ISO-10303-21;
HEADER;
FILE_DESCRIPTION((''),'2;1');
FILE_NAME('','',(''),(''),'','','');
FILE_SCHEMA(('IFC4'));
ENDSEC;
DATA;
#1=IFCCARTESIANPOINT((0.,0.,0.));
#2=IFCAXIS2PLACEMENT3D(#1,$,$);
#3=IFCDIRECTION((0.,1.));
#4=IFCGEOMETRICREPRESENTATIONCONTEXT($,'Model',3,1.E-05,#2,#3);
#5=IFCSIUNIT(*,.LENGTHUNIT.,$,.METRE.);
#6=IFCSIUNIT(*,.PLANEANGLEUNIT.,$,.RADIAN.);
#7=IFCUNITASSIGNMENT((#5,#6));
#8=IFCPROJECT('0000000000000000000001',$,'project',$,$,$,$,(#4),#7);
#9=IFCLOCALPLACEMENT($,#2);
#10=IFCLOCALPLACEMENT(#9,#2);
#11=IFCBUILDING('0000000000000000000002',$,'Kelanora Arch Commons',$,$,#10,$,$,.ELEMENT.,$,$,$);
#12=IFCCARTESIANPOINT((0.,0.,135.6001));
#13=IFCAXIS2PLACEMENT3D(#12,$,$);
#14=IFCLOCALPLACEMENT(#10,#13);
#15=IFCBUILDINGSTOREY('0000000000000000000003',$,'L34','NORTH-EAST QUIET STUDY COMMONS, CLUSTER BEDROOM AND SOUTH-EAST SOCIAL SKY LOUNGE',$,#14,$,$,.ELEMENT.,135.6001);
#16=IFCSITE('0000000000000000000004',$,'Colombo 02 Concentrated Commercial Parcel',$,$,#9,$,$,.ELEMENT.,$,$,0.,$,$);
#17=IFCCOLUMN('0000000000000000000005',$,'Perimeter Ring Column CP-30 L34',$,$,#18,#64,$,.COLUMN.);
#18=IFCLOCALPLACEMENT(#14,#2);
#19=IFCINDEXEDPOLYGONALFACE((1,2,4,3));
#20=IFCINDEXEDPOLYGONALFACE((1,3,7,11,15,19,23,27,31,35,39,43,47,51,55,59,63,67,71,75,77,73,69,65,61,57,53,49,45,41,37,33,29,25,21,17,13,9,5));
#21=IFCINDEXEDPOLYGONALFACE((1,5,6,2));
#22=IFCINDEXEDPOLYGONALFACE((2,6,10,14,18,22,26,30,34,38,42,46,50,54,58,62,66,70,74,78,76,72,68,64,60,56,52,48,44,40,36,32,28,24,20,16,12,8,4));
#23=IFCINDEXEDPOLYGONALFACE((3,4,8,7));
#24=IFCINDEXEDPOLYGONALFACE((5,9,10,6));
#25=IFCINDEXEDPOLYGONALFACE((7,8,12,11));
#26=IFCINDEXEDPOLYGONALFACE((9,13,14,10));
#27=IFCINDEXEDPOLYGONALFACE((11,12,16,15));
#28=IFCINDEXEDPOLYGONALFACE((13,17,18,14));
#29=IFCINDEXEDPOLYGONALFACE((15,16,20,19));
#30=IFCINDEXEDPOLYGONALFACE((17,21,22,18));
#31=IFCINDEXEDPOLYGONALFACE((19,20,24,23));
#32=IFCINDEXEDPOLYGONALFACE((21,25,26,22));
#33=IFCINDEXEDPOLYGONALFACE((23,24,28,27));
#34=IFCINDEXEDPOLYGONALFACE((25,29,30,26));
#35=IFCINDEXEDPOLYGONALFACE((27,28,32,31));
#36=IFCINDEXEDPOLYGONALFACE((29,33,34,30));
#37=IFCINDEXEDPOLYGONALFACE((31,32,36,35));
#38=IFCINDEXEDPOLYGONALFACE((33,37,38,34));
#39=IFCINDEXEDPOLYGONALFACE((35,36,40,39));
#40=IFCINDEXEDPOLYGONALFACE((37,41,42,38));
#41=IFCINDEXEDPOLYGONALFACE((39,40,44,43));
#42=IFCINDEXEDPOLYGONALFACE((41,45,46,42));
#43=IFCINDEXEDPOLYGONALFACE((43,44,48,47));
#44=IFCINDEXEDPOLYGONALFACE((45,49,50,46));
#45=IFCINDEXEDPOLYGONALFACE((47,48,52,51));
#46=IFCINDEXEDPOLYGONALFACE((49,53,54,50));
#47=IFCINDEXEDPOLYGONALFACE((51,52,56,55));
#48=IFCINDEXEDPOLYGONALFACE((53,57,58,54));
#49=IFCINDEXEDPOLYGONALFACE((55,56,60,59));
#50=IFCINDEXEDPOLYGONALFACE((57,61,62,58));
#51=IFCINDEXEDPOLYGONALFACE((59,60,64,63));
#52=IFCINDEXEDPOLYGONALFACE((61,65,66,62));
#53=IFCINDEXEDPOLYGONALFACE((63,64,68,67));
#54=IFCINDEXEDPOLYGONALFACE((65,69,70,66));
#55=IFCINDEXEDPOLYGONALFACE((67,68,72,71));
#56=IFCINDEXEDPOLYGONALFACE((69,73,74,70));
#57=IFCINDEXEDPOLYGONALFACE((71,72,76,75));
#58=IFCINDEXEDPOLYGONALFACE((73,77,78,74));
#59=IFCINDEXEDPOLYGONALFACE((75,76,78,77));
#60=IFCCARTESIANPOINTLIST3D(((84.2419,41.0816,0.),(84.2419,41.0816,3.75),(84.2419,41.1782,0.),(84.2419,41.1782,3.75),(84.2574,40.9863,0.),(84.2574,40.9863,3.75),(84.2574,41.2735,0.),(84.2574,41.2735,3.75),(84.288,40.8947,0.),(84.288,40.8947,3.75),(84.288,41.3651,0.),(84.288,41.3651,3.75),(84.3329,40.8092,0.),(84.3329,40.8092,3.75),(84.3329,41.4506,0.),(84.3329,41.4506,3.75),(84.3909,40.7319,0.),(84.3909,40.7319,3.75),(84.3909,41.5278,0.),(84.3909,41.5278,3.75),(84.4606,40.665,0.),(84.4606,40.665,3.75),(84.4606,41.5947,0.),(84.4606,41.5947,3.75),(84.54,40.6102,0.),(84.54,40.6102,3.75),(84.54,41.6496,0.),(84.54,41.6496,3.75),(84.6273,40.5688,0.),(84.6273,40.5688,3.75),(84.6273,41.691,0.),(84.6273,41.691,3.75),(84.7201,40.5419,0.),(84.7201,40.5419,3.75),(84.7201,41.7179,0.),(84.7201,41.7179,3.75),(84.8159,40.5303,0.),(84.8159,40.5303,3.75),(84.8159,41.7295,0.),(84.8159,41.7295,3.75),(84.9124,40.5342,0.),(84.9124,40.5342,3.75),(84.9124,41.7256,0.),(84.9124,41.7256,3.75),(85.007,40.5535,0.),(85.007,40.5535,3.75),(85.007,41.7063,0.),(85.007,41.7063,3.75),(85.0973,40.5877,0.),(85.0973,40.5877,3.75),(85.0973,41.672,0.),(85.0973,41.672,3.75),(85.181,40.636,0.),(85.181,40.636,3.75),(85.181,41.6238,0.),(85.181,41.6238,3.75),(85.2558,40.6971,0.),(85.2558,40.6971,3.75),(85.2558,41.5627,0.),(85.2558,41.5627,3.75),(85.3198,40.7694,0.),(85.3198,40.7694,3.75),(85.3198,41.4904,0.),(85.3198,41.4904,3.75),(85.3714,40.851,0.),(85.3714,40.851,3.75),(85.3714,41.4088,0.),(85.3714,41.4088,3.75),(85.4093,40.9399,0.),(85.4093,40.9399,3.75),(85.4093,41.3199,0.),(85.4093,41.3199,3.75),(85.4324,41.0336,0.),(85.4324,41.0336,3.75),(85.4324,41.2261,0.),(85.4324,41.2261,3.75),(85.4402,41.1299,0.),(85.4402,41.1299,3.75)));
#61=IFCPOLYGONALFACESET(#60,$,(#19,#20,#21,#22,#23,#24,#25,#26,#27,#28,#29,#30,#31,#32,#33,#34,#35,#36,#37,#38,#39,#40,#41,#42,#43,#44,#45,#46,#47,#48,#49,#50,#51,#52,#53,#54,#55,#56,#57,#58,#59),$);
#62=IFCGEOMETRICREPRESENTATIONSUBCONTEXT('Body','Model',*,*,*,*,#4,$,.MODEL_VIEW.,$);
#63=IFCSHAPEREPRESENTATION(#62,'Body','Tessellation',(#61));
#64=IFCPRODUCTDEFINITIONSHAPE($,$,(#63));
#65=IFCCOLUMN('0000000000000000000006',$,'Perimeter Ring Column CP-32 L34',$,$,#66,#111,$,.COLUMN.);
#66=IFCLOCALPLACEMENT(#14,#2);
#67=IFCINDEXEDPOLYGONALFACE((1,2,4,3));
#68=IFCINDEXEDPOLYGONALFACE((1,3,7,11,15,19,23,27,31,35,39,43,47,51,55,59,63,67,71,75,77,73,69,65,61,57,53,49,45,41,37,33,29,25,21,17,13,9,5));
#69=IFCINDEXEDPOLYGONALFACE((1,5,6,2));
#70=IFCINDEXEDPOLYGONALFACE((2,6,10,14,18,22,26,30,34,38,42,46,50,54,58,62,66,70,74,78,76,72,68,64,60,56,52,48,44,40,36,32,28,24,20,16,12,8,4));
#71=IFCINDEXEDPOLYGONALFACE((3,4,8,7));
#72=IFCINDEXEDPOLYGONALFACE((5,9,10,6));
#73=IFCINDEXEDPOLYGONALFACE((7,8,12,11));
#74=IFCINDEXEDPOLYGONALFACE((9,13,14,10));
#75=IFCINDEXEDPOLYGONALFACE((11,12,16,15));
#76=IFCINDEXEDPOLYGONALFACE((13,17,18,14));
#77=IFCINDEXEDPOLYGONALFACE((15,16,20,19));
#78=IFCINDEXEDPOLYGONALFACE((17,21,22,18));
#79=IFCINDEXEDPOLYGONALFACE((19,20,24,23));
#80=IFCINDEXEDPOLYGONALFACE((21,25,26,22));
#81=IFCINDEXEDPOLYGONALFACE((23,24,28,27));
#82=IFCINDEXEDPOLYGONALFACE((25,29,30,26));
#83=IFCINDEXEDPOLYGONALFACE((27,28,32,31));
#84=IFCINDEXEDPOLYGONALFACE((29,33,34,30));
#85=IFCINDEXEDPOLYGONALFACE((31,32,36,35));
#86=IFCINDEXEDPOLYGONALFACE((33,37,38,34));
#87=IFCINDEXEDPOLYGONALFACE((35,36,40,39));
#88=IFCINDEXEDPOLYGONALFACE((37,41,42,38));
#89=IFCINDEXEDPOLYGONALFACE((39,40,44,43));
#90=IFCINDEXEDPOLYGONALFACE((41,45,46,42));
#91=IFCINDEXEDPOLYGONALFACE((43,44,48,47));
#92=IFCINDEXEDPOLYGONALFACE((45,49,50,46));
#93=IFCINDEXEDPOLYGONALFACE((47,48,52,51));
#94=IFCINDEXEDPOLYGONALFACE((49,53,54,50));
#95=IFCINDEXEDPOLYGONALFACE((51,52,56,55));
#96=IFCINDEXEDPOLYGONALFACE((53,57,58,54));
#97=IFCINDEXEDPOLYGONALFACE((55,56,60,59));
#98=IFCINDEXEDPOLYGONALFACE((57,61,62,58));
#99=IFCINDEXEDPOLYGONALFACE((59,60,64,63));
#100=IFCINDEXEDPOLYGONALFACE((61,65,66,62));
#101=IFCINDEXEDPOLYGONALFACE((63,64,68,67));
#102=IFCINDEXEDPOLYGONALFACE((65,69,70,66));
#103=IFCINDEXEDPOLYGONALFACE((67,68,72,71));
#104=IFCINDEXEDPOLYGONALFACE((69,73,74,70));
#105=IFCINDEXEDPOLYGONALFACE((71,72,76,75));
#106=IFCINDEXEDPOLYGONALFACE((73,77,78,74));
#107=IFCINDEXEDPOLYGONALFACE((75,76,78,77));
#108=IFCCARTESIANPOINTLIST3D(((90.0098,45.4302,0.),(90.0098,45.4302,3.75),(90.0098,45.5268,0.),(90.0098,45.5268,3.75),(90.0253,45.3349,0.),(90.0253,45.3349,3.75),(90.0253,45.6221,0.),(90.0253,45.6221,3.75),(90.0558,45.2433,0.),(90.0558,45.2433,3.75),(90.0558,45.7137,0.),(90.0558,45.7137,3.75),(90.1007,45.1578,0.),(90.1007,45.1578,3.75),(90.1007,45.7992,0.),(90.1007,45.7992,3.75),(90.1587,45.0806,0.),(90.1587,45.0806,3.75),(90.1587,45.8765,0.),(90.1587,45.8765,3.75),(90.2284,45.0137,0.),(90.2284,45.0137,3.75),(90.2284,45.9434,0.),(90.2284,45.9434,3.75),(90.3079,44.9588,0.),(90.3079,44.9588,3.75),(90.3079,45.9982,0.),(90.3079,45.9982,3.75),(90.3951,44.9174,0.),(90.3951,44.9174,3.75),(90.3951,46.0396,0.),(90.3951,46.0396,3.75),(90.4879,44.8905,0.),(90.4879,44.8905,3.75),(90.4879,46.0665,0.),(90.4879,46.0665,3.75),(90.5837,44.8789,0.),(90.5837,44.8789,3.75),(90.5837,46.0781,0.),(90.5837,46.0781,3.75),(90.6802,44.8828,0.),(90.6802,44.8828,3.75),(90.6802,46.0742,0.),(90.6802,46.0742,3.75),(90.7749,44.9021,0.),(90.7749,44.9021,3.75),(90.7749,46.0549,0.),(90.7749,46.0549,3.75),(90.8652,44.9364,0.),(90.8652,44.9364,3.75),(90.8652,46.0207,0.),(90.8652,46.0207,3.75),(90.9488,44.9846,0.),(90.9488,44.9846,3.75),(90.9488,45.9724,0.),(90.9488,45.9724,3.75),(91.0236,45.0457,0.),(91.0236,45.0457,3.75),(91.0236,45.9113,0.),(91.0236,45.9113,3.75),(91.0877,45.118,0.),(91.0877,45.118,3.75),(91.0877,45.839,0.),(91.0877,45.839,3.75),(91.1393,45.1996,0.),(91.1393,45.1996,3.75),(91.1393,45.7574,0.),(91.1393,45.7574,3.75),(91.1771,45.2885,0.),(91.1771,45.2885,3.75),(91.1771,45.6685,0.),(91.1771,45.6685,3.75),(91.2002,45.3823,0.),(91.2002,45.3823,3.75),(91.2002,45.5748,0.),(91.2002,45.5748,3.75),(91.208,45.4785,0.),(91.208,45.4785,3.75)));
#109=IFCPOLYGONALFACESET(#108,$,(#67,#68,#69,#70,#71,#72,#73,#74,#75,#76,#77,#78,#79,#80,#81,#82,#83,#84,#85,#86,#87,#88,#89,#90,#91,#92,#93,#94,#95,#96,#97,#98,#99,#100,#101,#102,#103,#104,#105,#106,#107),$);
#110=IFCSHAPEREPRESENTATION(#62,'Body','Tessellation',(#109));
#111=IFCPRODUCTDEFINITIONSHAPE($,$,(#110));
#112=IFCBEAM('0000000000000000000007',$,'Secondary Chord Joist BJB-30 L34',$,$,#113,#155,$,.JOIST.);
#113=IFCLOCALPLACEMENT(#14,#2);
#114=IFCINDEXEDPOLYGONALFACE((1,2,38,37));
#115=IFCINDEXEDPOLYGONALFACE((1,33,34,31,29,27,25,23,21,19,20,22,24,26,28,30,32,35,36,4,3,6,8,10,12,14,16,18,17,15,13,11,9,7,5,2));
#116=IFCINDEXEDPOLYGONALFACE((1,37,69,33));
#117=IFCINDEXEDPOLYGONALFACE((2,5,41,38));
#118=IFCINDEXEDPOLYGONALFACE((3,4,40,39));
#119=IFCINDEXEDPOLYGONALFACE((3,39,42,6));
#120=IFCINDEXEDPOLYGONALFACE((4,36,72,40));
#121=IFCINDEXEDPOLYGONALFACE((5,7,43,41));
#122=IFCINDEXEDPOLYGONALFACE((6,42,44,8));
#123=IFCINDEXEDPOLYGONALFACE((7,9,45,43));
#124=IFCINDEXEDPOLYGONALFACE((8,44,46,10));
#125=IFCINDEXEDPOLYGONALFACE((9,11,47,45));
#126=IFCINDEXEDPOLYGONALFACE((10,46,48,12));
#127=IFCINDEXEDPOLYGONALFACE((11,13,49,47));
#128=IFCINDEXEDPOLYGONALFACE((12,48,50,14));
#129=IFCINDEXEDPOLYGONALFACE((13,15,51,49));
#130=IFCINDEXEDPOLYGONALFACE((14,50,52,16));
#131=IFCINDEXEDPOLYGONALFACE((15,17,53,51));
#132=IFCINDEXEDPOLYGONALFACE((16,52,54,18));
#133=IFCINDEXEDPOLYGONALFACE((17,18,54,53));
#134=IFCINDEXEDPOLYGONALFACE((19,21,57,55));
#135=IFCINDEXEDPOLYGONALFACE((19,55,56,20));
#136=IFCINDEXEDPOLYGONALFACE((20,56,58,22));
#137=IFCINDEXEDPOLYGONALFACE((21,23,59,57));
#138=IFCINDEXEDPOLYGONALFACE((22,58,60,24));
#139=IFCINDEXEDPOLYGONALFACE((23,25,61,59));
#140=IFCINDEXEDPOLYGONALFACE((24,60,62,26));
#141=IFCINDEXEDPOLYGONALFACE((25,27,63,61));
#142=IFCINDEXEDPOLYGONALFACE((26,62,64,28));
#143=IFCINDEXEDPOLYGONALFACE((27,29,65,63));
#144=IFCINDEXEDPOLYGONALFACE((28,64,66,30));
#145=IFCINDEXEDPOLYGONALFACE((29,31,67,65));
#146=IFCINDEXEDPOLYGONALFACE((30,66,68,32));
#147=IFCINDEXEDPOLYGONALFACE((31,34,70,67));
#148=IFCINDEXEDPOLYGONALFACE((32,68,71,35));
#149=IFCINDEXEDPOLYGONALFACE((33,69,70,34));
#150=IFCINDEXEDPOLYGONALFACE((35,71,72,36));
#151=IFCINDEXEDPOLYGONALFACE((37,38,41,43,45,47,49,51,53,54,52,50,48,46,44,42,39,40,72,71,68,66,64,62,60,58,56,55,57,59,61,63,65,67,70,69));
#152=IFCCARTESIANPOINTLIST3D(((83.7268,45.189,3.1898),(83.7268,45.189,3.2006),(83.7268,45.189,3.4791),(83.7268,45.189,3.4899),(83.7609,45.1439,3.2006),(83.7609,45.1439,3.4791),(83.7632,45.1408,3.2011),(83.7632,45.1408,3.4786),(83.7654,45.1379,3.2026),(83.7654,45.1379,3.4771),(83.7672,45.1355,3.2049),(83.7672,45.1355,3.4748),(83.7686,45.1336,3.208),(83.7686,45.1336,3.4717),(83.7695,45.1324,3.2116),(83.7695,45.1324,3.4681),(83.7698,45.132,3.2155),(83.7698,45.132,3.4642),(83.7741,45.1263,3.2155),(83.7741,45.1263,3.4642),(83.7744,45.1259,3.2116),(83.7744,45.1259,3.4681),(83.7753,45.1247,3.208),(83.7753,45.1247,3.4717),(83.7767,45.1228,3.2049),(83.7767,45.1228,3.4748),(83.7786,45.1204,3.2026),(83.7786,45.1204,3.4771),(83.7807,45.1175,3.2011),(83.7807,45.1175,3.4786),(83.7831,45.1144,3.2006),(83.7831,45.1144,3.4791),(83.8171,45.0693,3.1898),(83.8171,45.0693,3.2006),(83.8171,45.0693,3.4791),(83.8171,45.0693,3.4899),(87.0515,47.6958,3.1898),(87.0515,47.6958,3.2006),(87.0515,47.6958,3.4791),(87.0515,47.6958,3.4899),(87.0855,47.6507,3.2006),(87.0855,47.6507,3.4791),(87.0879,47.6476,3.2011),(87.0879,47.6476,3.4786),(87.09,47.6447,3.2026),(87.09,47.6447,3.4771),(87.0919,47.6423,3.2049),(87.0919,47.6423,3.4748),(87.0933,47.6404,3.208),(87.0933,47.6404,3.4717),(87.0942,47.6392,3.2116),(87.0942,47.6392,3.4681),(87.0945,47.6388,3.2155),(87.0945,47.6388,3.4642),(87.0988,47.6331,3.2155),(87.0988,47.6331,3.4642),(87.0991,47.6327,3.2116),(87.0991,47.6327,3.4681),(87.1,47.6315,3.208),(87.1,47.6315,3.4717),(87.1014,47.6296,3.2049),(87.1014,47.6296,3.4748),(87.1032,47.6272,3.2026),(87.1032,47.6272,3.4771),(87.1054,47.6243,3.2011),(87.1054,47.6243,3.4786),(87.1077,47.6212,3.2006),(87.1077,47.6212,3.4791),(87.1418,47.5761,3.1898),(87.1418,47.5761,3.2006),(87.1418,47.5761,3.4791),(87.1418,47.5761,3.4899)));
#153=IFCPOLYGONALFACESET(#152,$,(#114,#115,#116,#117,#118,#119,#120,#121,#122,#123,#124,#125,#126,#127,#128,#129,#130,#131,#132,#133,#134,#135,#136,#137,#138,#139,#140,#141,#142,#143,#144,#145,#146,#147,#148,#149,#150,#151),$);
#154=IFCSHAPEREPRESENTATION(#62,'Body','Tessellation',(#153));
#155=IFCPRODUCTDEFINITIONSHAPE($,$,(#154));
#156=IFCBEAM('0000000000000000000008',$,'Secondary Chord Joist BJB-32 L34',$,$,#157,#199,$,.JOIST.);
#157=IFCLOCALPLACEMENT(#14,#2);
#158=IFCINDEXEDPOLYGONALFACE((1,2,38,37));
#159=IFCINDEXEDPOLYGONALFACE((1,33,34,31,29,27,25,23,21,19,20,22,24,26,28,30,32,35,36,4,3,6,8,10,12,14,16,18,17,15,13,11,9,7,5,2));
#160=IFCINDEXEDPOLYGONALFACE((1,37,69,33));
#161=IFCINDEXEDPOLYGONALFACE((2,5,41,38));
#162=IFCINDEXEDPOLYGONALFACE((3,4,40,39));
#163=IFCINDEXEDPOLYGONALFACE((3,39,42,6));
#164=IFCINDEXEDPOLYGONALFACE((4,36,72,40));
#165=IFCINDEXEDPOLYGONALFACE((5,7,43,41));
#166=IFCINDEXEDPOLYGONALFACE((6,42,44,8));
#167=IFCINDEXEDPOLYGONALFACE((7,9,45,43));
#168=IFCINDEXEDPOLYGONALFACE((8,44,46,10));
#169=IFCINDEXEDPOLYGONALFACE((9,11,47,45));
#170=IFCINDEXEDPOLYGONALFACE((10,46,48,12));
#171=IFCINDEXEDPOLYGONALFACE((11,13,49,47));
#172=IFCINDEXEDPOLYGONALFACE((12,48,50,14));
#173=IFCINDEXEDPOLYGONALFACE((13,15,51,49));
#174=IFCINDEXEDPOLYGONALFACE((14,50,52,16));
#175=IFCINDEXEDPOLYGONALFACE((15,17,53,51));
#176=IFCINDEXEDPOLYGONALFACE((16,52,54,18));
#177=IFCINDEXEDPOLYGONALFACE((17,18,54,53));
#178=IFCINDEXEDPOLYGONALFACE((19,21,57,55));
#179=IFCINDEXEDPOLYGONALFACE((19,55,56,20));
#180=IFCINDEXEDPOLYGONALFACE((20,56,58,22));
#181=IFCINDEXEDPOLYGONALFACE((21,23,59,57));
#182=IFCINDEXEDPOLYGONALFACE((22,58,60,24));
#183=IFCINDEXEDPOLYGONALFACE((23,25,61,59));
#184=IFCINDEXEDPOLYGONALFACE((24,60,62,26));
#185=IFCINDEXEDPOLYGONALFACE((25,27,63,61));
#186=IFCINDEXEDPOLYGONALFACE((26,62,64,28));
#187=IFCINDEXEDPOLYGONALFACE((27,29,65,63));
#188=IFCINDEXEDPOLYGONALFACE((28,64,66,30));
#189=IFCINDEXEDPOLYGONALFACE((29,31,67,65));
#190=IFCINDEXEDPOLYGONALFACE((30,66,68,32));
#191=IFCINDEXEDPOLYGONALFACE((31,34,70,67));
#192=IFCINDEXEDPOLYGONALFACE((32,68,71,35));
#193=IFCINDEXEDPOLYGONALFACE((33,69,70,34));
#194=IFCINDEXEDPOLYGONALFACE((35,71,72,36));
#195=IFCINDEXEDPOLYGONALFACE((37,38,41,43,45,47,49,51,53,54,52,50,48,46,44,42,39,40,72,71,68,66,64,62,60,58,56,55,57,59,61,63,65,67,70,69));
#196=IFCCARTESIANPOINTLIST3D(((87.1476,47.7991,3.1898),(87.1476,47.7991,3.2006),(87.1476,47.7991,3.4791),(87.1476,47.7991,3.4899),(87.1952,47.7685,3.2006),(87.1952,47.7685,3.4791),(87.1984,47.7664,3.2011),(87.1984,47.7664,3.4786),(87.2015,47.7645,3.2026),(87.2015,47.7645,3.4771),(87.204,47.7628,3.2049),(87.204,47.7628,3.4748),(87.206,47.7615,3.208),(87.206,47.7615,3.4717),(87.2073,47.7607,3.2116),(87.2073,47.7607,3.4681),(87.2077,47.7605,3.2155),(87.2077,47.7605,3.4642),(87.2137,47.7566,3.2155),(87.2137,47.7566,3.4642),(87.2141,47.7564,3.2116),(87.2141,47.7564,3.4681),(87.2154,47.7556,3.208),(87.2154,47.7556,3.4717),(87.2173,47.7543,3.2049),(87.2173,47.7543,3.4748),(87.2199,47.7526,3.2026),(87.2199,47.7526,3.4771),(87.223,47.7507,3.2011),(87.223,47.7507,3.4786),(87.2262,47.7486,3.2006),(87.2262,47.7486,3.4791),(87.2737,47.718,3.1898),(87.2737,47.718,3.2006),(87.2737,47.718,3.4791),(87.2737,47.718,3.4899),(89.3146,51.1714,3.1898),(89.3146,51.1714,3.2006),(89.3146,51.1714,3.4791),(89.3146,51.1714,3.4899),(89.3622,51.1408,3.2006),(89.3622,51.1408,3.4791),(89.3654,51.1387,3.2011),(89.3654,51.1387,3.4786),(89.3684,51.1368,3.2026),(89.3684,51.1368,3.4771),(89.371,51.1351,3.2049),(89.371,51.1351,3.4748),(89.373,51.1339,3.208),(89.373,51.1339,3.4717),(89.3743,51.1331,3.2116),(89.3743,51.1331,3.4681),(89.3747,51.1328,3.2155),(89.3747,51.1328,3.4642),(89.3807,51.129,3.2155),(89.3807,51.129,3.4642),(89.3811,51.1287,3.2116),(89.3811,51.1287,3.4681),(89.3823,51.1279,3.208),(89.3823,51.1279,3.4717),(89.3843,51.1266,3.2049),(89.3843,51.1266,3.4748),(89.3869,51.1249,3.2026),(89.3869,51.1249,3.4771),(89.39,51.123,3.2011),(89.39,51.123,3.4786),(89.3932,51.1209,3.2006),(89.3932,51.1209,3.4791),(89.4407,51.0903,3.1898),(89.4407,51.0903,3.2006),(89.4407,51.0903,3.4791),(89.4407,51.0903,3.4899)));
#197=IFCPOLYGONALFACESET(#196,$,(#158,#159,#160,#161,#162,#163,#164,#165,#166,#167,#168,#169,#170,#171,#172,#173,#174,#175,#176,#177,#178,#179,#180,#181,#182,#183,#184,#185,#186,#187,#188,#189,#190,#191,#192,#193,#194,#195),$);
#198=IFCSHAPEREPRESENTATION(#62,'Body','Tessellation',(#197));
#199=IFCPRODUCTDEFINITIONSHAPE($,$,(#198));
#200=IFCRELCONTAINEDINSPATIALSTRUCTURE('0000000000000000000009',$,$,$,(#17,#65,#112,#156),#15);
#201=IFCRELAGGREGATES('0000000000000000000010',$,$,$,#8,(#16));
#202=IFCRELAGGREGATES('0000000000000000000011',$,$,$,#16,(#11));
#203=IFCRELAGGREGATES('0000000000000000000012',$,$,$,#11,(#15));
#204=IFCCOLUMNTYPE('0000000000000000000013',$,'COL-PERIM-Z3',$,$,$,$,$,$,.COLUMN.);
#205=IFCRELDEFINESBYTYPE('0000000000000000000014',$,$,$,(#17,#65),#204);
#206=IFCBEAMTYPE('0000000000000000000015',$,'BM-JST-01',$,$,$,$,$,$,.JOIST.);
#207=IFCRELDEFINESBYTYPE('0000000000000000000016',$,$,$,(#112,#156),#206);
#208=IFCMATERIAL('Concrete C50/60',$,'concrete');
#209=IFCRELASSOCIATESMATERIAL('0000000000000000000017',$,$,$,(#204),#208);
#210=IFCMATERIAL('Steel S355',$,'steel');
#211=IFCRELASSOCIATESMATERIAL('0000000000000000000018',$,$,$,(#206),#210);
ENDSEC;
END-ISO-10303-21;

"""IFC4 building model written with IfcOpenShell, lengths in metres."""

from ifc_helpers import new_model, si_unit, direction, frame, origin, origin_2d, place, context, subcontext, project, spatial, circle, i_section, extrude, material, material_profile, profile_set, type_object, element, save


model = new_model("IFC4")

# Units and contexts
model_context = context("Model", 3, precision=1e-05, world=origin(), true_north=direction((0.0, 1.0)))
body_context = subcontext(model_context, "Body", "Model", "MODEL_VIEW")
ifc_project = project(units=[si_unit("LENGTHUNIT", "METRE"), si_unit("PLANEANGLEUNIT", "RADIAN")], contexts=[model_context])

# Site, building, storey
site_placement = place(None, origin())
site = spatial("IfcSite", under=ifc_project, at=site_placement, Name="Colombo 02 Concentrated Commercial Parcel", CompositionType="ELEMENT", RefElevation=0.0)
building_placement = place(site_placement, origin())
building = spatial("IfcBuilding", under=site, at=building_placement, Name="Kelanora Arch Commons", CompositionType="ELEMENT")
storey_placement = place(building_placement, frame((0.0, 0.0, 135.6001)))
storey = spatial("IfcBuildingStorey", under=building, at=storey_placement, Name="L34", Description="NORTH-EAST QUIET STUDY COMMONS, CLUSTER BEDROOM AND SOUTH-EAST SOCIAL SKY LOUNGE", CompositionType="ELEMENT", Elevation=135.6001)

# Columns
ifc_material_1 = material(Name="Concrete C50/60", Category="concrete")
ifc_material_profile_1 = material_profile(ifc_material_1, circle(Radius=0.6001, at=origin_2d()), Name="RCC1200")
ifc_profile_set_1 = profile_set([ifc_material_profile_1], Name="Concrete C50/60")
column_type = type_object("IfcColumnType", Name="COL-PERIM-Z3", PredefinedType="COLUMN", material=ifc_profile_set_1)
for number, where, z_axis, x_axis, name in (
    (1, (84.8401, 41.1299, 0.0), (0.0, 0.0, 1.0), (1.0, 0.0, 0.0), "Perimeter Ring Column CP-30 L34"),
    (2, (90.6079, 45.4785, 0.0), (0.0, 0.0, 1.0), (1.0, 0.0, 0.0), "Perimeter Ring Column CP-32 L34"),
):
    element("IfcColumn", number, at=place(storey_placement, frame(where, z_axis=z_axis, x_axis=x_axis)), inside=storey, type_object=column_type, Name=name, PredefinedType="COLUMN", context=body_context, shape_type="SweptSolid", body=[
        extrude(circle(Radius=0.6001, at=origin_2d()), origin(), (0.0, 0.0, 1.0), 3.75),
    ])

# Beams
ifc_material_2 = material(Name="Steel S355", Category="steel")
ifc_material_profile_2 = material_profile(ifc_material_2, i_section(OverallWidth=0.1499, OverallDepth=0.3, WebThickness=0.0071, FlangeThickness=0.0107, FilletRadius=0.0149, at=origin_2d()), Name="IPE300")
ifc_profile_set_2 = profile_set([ifc_material_profile_2], Name="Steel S355")
beam_type_1 = type_object("IfcBeamType", Name="BM-JST-01", PredefinedType="JOIST", material=ifc_profile_set_2)
beam_1_placement = place(storey_placement, frame((83.772, 45.1292, 3.3398), z_axis=(0.798464, 0.602043, 0.0), x_axis=(-0.602043, 0.798464, 0.0)))
element("IfcBeam", 3, at=beam_1_placement, inside=storey, type_object=beam_type_1, Name="Secondary Chord Joist BJB-30 L34", PredefinedType="JOIST", context=body_context, shape_type="SweptSolid", body=[
    extrude(i_section(OverallWidth=0.1499, OverallDepth=0.3, WebThickness=0.0071, FlangeThickness=0.0107, FilletRadius=0.0149, at=origin_2d()), origin(), (0.0, 0.0, 1.0), 4.1638),
])
beam_2_placement = place(storey_placement, frame((87.2107, 47.7585, 3.3398), z_axis=(0.540594, 0.841283, 0.0), x_axis=(-0.841283, 0.540594, 0.0)))
element("IfcBeam", 4, at=beam_2_placement, inside=storey, type_object=beam_type_1, Name="Secondary Chord Joist BJB-32 L34", PredefinedType="JOIST", context=body_context, shape_type="SweptSolid", body=[
    extrude(i_section(OverallWidth=0.1499, OverallDepth=0.3, WebThickness=0.0071, FlangeThickness=0.0107, FilletRadius=0.0149, at=origin_2d()), origin(), (0.0, 0.0, 1.0), 4.0085),
])

save(model, "model.ifc")
